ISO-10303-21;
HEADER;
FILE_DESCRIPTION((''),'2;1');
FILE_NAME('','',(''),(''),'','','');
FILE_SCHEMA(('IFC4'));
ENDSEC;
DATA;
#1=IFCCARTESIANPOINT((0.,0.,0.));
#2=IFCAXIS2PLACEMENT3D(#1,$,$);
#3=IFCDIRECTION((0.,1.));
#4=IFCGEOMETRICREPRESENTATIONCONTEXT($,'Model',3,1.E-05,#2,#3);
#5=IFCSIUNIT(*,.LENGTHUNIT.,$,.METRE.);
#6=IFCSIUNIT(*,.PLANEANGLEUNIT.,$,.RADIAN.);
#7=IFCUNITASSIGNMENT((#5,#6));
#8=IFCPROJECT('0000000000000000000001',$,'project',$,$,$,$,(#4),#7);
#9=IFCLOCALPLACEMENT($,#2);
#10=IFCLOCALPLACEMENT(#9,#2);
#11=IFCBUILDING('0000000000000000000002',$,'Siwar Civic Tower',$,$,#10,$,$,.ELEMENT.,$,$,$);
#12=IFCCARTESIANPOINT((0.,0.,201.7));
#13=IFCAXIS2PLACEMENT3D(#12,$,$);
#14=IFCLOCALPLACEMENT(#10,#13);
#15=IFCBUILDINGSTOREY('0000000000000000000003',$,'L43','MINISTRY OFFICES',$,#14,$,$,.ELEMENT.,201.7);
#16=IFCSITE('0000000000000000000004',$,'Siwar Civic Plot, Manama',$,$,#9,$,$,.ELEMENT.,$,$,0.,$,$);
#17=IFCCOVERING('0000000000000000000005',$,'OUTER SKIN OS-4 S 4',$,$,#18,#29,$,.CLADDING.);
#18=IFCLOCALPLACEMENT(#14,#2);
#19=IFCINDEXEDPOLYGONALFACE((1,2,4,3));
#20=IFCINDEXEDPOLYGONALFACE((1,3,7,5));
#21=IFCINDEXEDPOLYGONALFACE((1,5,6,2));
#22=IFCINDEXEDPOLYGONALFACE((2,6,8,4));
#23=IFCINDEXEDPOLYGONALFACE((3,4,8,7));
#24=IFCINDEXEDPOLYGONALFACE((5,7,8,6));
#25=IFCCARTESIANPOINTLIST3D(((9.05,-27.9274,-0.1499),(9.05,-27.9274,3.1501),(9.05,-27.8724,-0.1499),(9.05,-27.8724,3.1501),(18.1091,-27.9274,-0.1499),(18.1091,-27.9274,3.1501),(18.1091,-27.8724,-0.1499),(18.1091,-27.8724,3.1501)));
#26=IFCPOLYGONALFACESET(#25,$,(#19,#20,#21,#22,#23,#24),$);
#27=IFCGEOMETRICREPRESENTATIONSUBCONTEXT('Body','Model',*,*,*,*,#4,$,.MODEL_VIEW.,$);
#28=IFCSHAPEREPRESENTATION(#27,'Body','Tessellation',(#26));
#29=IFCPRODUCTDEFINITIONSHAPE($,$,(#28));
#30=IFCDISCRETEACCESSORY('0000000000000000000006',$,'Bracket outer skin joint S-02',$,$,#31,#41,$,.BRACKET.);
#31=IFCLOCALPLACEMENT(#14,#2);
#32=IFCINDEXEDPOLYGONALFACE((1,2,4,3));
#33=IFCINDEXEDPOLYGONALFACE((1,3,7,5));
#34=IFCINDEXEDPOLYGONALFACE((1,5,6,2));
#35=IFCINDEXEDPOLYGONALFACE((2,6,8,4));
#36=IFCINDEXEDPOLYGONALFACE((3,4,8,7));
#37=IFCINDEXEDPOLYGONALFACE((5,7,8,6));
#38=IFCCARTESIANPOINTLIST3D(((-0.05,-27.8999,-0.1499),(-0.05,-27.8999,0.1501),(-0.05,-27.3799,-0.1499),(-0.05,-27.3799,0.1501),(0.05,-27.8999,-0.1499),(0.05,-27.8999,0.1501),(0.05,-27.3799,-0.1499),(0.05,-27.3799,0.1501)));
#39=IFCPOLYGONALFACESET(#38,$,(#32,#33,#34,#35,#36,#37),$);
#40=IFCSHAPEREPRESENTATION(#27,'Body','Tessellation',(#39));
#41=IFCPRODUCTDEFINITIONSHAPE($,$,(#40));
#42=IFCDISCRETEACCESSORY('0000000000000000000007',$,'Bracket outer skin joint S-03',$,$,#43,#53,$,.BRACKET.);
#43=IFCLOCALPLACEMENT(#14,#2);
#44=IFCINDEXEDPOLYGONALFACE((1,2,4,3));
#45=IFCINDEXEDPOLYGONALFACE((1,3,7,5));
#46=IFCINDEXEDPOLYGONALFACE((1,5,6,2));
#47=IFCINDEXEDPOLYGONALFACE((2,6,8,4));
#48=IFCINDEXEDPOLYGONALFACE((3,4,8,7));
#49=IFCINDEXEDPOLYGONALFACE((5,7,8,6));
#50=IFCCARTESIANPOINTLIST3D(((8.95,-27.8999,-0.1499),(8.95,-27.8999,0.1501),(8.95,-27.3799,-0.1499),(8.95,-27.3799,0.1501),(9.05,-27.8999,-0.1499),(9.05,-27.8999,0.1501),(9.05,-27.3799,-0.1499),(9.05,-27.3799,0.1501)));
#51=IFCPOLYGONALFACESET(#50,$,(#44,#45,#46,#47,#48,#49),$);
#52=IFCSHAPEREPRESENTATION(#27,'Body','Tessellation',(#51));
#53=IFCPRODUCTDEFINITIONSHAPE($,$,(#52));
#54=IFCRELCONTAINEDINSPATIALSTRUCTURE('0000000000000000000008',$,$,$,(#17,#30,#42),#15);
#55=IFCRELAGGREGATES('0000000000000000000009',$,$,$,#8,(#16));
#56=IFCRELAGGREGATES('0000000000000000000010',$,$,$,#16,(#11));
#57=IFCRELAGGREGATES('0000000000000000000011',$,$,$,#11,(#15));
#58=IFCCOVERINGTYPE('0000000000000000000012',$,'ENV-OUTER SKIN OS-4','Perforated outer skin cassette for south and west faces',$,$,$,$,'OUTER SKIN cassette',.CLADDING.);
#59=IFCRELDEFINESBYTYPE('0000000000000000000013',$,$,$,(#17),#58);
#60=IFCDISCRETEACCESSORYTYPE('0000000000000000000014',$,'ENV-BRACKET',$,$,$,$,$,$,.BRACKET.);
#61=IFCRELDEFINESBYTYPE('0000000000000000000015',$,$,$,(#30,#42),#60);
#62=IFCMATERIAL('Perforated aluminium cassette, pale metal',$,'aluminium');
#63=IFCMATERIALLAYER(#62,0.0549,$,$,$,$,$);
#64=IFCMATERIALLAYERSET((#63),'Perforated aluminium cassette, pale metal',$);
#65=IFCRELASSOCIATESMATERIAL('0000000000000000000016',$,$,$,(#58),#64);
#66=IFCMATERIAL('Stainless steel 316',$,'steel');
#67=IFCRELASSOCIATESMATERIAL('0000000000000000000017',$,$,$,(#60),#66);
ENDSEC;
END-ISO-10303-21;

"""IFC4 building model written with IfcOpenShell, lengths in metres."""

from ifc_helpers import new_model, si_unit, direction, frame, origin, origin_2d, place, context, subcontext, project, spatial, rectangle, extrude, material, layer, layer_set, type_object, element, save


model = new_model("IFC4")

# Units and contexts
model_context = context("Model", 3, precision=1e-05, world=origin(), true_north=direction((0.0, 1.0)))
body_context = subcontext(model_context, "Body", "Model", "MODEL_VIEW")
ifc_project = project(units=[si_unit("LENGTHUNIT", "METRE"), si_unit("PLANEANGLEUNIT", "RADIAN")], contexts=[model_context])

# Site, building, storey
site_placement = place(None, origin())
site = spatial("IfcSite", under=ifc_project, at=site_placement, Name="Siwar Civic Plot, Manama", CompositionType="ELEMENT", RefElevation=0.0)
building_placement = place(site_placement, origin())
building = spatial("IfcBuilding", under=site, at=building_placement, Name="Siwar Civic Tower", CompositionType="ELEMENT")
storey_placement = place(building_placement, frame((0.0, 0.0, 201.7)))
storey = spatial("IfcBuildingStorey", under=building, at=storey_placement, Name="L43", Description="MINISTRY OFFICES", CompositionType="ELEMENT", Elevation=201.7)

# Covering
ifc_material_1 = material(Name="Perforated aluminium cassette, pale metal", Category="aluminium")
ifc_layer_1 = layer(ifc_material_1, 0.0549)
ifc_layer_set_1 = layer_set([ifc_layer_1], Name="Perforated aluminium cassette, pale metal")
covering_type = type_object("IfcCoveringType", Name="ENV-OUTER SKIN OS-4", Description="Perforated outer skin cassette for south and west faces", ElementType="OUTER SKIN cassette", PredefinedType="CLADDING", material=ifc_layer_set_1)
covering_1_placement = place(storey_placement, frame((13.5796, -27.8999, -0.1499), z_axis=(0.0, 0.0, 1.0), x_axis=(1.0, 0.0, 0.0)))
element("IfcCovering", 1, at=covering_1_placement, inside=storey, type_object=covering_type, Name="OUTER SKIN OS-4 S 4", PredefinedType="CLADDING", context=body_context, shape_type="SweptSolid", body=[
    extrude(rectangle(XDim=9.0591, YDim=0.0549, at=origin_2d()), origin(), (0.0, 0.0, 1.0), 3.3),
])

# Discrete accessories
ifc_material_2 = material(Name="Stainless steel 316", Category="steel")
discrete_accessory_type = type_object("IfcDiscreteAccessoryType", Name="ENV-BRACKET", PredefinedType="BRACKET", material=ifc_material_2)
for number, where, z_axis, x_axis, name in (
    (2, (0.0, -27.6399, -0.1499), (0.0, 0.0, 1.0), (0.0, -1.0, 0.0), "Bracket outer skin joint S-02"),
    (3, (9.0, -27.6399, -0.1499), (0.0, 0.0, 1.0), (0.0, -1.0, 0.0), "Bracket outer skin joint S-03"),
):
    element("IfcDiscreteAccessory", number, at=place(storey_placement, frame(where, z_axis=z_axis, x_axis=x_axis)), inside=storey, type_object=discrete_accessory_type, Name=name, PredefinedType="BRACKET", context=body_context, shape_type="SweptSolid", body=[
        extrude(rectangle(XDim=0.52, YDim=0.1001, at=origin_2d()), origin(), (0.0, 0.0, 1.0), 0.3),
    ])

save(model, "model.ifc")
